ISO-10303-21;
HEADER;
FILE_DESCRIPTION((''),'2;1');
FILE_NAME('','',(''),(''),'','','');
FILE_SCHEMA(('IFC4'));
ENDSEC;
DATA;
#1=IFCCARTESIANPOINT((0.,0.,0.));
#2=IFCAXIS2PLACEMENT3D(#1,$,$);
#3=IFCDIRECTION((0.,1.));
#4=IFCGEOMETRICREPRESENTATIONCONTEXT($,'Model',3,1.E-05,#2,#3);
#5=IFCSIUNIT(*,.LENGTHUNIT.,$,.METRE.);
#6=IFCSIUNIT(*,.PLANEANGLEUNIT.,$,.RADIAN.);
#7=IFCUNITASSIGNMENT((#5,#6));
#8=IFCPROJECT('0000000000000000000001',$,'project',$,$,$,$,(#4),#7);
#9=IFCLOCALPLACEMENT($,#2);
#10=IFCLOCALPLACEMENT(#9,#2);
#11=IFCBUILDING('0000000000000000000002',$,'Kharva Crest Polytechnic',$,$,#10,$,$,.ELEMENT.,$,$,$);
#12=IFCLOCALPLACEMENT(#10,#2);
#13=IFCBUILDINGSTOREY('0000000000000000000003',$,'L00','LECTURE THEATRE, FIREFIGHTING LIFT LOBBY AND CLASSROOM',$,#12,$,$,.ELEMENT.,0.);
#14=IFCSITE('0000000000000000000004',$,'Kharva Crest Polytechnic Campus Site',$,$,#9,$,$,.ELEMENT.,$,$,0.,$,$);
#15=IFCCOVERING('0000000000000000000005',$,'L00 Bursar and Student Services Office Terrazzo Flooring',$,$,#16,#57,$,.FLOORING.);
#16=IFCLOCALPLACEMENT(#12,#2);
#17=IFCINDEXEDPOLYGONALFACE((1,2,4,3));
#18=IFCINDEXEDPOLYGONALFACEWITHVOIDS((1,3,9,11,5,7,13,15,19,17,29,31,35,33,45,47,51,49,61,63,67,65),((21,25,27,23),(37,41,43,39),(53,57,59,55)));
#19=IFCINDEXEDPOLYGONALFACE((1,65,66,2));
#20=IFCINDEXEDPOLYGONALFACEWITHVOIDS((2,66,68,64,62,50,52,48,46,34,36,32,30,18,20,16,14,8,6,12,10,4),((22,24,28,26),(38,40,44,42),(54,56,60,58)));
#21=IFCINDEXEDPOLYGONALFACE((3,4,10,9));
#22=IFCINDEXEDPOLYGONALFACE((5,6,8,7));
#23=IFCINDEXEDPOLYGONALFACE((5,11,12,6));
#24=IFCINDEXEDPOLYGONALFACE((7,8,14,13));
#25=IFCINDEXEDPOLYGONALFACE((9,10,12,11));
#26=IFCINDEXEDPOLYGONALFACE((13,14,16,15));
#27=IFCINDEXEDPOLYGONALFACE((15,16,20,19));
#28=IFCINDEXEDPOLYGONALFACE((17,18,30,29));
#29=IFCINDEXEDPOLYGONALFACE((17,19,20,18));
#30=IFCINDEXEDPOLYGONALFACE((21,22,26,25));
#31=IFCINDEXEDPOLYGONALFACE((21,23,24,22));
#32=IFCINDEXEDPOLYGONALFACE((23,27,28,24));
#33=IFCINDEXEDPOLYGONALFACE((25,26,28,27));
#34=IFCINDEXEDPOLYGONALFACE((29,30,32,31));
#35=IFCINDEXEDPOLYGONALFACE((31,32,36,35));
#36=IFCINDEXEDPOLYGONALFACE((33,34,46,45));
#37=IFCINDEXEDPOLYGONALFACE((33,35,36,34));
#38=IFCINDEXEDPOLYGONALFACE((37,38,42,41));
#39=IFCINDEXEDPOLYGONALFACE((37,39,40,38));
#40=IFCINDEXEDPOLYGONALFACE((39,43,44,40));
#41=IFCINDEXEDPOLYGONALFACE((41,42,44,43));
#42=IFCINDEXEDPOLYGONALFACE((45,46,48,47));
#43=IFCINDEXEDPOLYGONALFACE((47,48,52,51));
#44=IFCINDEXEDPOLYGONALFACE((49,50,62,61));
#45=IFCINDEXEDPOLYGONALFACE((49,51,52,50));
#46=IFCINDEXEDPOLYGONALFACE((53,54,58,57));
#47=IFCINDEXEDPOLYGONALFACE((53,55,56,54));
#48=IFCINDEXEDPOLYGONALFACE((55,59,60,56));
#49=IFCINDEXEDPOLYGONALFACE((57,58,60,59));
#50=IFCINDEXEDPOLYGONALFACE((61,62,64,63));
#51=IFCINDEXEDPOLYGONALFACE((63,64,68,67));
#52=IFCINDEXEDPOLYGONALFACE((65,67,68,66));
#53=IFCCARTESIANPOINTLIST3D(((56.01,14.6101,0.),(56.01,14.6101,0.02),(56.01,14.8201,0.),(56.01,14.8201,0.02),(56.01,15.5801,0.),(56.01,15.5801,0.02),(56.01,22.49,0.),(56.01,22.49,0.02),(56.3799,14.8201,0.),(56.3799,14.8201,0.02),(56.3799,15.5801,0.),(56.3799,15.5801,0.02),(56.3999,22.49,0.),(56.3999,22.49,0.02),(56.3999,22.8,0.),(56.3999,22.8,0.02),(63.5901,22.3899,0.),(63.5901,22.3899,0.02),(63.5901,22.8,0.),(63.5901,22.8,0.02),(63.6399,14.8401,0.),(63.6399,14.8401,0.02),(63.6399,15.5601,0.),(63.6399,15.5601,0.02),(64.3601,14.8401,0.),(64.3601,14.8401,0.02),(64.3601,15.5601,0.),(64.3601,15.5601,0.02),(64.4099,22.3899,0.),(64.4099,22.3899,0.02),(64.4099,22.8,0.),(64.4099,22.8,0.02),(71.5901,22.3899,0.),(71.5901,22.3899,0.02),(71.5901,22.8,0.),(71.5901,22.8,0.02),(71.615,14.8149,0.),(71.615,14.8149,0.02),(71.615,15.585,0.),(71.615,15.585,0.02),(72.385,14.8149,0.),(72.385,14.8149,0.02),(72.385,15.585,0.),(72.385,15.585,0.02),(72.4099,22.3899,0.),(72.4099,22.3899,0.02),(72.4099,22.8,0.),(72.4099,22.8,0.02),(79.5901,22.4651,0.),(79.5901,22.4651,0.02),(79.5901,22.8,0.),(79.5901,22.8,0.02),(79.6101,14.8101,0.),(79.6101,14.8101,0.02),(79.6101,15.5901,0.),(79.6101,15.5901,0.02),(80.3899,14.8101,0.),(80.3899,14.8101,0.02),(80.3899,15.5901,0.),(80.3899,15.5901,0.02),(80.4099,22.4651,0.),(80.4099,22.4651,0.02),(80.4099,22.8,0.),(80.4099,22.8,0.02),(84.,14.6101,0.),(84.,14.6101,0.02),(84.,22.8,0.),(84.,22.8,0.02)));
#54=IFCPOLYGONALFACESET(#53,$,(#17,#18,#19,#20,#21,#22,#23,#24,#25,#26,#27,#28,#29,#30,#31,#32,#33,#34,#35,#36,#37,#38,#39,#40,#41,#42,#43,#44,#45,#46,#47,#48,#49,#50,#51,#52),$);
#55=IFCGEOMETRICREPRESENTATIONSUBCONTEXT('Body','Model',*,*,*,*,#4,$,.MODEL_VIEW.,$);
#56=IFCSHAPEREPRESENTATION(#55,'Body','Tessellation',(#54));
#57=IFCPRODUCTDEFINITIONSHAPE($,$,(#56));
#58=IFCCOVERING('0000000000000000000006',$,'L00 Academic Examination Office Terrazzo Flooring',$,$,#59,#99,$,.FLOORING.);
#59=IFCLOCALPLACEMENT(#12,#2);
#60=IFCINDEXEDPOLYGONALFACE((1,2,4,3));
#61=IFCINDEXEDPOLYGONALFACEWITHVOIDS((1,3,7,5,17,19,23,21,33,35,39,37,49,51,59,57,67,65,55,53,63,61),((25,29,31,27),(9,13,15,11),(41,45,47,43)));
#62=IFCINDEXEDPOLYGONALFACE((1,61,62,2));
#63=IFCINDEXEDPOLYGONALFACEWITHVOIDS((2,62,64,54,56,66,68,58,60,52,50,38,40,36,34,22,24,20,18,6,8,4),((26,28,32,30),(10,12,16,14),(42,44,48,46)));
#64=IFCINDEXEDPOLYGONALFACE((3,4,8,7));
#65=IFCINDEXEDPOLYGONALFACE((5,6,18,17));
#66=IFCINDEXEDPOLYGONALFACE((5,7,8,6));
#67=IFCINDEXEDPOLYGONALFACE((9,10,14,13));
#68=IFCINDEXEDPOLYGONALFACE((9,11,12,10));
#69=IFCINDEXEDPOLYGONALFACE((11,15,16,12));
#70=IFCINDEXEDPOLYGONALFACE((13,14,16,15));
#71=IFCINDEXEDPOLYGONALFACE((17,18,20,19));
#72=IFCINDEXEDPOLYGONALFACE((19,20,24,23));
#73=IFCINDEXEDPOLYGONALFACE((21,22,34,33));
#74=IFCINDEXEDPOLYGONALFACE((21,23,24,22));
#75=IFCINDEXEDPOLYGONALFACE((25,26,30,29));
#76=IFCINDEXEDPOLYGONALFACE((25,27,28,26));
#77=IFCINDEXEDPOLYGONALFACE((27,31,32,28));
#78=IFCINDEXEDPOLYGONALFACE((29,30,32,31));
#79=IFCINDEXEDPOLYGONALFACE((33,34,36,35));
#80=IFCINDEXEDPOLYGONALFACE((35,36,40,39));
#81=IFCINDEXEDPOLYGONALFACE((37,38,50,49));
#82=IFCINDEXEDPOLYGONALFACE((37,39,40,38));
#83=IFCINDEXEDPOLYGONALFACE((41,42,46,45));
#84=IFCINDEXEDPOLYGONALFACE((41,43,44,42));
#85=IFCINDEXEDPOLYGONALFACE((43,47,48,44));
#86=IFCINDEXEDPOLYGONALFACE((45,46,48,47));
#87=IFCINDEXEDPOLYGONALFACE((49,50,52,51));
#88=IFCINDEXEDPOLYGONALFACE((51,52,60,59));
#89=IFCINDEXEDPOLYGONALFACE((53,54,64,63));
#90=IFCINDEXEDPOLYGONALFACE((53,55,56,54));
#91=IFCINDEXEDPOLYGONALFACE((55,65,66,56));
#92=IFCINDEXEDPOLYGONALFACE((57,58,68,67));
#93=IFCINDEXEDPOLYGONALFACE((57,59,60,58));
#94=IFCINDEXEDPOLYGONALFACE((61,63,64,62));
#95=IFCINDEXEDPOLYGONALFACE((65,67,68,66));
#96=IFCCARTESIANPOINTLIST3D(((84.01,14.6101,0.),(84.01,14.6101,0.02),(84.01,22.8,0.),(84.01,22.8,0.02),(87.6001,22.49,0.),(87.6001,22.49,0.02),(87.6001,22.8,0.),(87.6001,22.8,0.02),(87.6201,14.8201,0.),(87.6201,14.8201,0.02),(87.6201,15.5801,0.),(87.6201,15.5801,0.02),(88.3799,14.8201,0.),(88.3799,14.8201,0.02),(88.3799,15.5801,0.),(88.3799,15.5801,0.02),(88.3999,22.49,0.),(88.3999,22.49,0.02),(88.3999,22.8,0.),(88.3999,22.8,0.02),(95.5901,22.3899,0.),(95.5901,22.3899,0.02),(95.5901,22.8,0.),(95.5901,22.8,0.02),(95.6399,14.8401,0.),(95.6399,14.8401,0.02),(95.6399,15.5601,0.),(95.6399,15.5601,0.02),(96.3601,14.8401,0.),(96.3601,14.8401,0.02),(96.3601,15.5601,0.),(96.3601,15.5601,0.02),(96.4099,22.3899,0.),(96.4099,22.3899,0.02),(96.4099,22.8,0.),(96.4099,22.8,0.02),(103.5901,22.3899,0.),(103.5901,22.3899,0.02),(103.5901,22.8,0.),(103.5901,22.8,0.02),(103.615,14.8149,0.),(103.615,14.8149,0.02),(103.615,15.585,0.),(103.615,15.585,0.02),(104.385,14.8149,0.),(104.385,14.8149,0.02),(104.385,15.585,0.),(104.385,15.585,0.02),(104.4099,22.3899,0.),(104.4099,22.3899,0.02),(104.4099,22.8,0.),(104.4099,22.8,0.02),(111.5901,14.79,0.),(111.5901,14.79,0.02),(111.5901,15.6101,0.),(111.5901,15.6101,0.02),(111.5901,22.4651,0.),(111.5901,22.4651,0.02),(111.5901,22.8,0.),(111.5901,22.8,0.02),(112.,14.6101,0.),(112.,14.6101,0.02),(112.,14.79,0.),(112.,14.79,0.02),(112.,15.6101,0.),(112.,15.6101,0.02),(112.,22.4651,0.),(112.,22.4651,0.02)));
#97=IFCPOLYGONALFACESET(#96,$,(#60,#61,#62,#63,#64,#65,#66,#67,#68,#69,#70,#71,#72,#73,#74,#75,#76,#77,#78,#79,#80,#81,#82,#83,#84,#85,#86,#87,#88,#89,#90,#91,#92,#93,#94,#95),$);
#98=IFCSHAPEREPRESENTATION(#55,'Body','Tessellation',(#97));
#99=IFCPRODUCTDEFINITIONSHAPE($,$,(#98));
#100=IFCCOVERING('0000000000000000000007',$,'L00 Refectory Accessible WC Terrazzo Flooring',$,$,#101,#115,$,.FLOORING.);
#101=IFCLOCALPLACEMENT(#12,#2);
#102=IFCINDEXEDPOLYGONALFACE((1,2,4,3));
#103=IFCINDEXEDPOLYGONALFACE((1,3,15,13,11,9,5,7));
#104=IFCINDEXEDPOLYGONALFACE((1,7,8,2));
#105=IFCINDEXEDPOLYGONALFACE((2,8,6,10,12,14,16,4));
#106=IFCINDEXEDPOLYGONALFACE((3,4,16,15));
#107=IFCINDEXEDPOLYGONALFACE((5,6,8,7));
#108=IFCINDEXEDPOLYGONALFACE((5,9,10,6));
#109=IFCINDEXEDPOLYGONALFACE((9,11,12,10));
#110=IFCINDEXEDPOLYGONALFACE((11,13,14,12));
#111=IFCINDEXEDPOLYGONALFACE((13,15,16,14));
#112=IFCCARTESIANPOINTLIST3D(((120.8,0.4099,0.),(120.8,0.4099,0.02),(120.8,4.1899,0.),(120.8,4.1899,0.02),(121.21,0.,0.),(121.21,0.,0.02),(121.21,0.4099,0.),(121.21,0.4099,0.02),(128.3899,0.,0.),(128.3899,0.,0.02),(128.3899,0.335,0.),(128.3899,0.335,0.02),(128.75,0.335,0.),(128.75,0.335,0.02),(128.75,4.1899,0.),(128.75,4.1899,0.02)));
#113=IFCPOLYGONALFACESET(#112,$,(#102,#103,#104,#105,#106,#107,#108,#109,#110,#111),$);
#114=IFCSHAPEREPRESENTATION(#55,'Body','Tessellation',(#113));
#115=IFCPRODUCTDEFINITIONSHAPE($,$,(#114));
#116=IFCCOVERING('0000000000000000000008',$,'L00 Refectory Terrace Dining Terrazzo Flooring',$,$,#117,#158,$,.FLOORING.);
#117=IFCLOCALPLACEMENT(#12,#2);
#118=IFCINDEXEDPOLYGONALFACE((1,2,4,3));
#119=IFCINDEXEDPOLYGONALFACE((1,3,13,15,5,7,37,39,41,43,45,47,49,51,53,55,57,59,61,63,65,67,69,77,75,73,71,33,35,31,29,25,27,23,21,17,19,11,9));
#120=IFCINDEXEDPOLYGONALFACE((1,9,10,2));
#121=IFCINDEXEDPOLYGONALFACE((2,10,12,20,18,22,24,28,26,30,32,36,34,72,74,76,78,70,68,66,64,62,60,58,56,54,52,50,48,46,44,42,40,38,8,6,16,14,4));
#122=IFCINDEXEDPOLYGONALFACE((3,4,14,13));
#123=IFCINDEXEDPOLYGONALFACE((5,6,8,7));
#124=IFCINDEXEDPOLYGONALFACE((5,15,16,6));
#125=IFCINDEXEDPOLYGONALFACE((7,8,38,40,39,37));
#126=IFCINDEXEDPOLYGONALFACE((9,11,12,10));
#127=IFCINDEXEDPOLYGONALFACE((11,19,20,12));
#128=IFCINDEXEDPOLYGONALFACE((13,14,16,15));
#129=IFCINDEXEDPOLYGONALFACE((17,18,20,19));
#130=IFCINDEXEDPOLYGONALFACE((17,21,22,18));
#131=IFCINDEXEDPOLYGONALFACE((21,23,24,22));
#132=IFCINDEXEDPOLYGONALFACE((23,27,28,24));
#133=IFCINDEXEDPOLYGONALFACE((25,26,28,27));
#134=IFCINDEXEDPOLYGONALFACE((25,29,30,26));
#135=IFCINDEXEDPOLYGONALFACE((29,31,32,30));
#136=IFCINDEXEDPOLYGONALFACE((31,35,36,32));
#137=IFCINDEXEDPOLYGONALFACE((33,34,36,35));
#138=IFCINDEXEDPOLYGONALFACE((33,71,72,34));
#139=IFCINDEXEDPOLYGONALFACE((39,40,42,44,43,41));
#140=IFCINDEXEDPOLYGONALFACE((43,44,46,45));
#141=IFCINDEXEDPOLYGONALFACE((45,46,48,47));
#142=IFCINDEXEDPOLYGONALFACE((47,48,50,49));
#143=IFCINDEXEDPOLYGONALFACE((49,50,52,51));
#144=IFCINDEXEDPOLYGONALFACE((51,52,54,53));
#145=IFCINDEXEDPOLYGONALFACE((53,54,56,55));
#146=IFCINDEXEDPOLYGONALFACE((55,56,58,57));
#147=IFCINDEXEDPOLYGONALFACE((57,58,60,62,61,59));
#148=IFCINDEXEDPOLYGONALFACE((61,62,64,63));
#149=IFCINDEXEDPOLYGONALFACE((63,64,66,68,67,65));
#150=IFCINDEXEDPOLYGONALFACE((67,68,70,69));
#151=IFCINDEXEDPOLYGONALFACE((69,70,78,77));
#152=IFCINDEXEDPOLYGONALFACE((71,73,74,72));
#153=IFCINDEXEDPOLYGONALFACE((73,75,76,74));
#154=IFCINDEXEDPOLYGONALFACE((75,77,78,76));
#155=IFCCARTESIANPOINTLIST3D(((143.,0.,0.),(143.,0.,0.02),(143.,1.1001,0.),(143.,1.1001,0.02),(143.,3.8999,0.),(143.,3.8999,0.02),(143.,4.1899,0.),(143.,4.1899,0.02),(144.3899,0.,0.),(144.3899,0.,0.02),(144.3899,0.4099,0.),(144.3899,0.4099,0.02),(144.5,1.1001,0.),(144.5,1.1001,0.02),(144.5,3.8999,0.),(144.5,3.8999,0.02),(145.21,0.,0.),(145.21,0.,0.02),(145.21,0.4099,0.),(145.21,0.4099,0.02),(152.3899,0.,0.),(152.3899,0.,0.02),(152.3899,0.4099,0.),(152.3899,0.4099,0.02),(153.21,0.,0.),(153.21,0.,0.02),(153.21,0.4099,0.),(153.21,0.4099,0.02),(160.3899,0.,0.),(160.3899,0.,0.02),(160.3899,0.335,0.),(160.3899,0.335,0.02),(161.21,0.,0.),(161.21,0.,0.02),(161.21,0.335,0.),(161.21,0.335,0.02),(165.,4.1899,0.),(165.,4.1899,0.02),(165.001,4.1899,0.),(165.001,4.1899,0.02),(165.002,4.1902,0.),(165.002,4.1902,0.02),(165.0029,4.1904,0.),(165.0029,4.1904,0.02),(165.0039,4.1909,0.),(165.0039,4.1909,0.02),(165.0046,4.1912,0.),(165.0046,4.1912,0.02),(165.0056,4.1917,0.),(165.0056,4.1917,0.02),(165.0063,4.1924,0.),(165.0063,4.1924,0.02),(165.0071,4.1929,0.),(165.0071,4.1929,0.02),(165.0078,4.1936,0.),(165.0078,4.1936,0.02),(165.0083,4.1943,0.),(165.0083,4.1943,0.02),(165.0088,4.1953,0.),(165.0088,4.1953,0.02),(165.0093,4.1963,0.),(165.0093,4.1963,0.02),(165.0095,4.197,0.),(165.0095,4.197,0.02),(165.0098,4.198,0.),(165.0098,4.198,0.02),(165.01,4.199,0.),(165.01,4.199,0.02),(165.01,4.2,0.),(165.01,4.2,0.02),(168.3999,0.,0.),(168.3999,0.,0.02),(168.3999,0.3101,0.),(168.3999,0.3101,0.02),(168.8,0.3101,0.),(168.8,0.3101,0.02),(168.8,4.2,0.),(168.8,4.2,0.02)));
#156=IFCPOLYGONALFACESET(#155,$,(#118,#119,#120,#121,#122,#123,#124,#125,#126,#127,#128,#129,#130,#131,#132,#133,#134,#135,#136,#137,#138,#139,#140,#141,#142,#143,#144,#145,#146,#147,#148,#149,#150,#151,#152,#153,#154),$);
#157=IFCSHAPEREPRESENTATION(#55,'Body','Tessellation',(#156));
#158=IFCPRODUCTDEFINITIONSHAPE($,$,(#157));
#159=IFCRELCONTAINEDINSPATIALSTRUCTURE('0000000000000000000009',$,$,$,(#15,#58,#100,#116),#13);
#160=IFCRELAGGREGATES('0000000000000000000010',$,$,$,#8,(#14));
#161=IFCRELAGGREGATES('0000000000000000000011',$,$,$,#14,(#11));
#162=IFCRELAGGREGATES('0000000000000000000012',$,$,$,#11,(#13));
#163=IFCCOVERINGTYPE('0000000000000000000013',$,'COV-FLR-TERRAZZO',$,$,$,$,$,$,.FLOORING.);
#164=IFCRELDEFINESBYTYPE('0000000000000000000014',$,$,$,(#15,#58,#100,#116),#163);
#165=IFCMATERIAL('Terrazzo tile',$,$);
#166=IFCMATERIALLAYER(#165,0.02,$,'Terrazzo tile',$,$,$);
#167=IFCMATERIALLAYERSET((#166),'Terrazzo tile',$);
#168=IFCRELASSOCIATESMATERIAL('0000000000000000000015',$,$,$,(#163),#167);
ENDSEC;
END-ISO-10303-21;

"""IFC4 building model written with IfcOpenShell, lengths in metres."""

from ifc_helpers import new_model, si_unit, direction, origin, place, context, subcontext, project, spatial, polyline, outline, extrude, material, layer, layer_set, type_object, element, save


model = new_model("IFC4")

# Units and contexts
model_context = context("Model", 3, precision=1e-05, world=origin(), true_north=direction((0.0, 1.0)))
body_context = subcontext(model_context, "Body", "Model", "MODEL_VIEW")
ifc_project = project(units=[si_unit("LENGTHUNIT", "METRE"), si_unit("PLANEANGLEUNIT", "RADIAN")], contexts=[model_context])

# Site, building, storey
site_placement = place(None, origin())
site = spatial("IfcSite", under=ifc_project, at=site_placement, Name="Kharva Crest Polytechnic Campus Site", CompositionType="ELEMENT", RefElevation=0.0)
building_placement = place(site_placement, origin())
building = spatial("IfcBuilding", under=site, at=building_placement, Name="Kharva Crest Polytechnic", CompositionType="ELEMENT")
storey_placement = place(building_placement, origin())
storey = spatial("IfcBuildingStorey", under=building, at=storey_placement, Name="L00", Description="LECTURE THEATRE, FIREFIGHTING LIFT LOBBY AND CLASSROOM", CompositionType="ELEMENT", Elevation=0.0)

# Coverings
ifc_material_1 = material(Name="Terrazzo tile")
ifc_layer_1 = layer(ifc_material_1, 0.02, Name="Terrazzo tile")
ifc_layer_set_1 = layer_set([ifc_layer_1], Name="Terrazzo tile")
covering_type_1 = type_object("IfcCoveringType", Name="COV-FLR-TERRAZZO", PredefinedType="FLOORING", material=ifc_layer_set_1)
covering_1_placement = place(storey_placement, origin())
element("IfcCovering", 1, at=covering_1_placement, inside=storey, type_object=covering_type_1, Name="L00 Bursar and Student Services Office Terrazzo Flooring", PredefinedType="FLOORING", context=body_context, shape_type="SweptSolid", body=[
    extrude(outline(polyline([(56.3799, 14.8201), (56.3799, 15.5801), (56.01, 15.5801), (56.01, 22.49), (56.3999, 22.49), (56.3999, 22.8), (63.5901, 22.8), (63.5901, 22.3899), (64.4099, 22.3899), (64.4099, 22.8), (71.5901, 22.8), (71.5901, 22.3899), (72.4099, 22.3899), (72.4099, 22.8), (79.5901, 22.8), (79.5901, 22.4651), (80.4099, 22.4651), (80.4099, 22.8), (84.0, 22.8), (84.0, 14.6101), (56.01, 14.6101), (56.01, 14.8201), (56.3799, 14.8201)]), holes=[polyline([(79.6101, 15.5901), (79.6101, 14.8101), (80.3899, 14.8101), (80.3899, 15.5901), (79.6101, 15.5901)]), polyline([(71.615, 15.585), (71.615, 14.8149), (72.385, 14.8149), (72.385, 15.585), (71.615, 15.585)]), polyline([(63.6399, 15.5601), (63.6399, 14.8401), (64.3601, 14.8401), (64.3601, 15.5601), (63.6399, 15.5601)])]), origin(), (0.0, 0.0, 1.0), 0.02),
])
covering_2_placement = place(storey_placement, origin())
element("IfcCovering", 2, at=covering_2_placement, inside=storey, type_object=covering_type_1, Name="L00 Academic Examination Office Terrazzo Flooring", PredefinedType="FLOORING", context=body_context, shape_type="SweptSolid", body=[
    extrude(outline(polyline([(87.6001, 22.8), (87.6001, 22.49), (88.3999, 22.49), (88.3999, 22.8), (95.5901, 22.8), (95.5901, 22.3899), (96.4099, 22.3899), (96.4099, 22.8), (103.5901, 22.8), (103.5901, 22.3899), (104.4099, 22.3899), (104.4099, 22.8), (111.5901, 22.8), (111.5901, 22.4651), (112.0, 22.4651), (112.0, 15.6101), (111.5901, 15.6101), (111.5901, 14.79), (112.0, 14.79), (112.0, 14.6101), (84.01, 14.6101), (84.01, 22.8), (87.6001, 22.8)]), holes=[polyline([(95.6399, 15.5601), (95.6399, 14.8401), (96.3601, 14.8401), (96.3601, 15.5601), (95.6399, 15.5601)]), polyline([(87.6201, 15.5801), (87.6201, 14.8201), (88.3799, 14.8201), (88.3799, 15.5801), (87.6201, 15.5801)]), polyline([(103.615, 15.585), (103.615, 14.8149), (104.385, 14.8149), (104.385, 15.585), (103.615, 15.585)])]), origin(), (0.0, 0.0, 1.0), 0.02),
])
covering_3_placement = place(storey_placement, origin())
element("IfcCovering", 3, at=covering_3_placement, inside=storey, type_object=covering_type_1, Name="L00 Refectory Accessible WC Terrazzo Flooring", PredefinedType="FLOORING", context=body_context, shape_type="SweptSolid", body=[
    extrude(outline(polyline([(121.21, 0.4099), (120.8, 0.4099), (120.8, 4.1899), (128.75, 4.1899), (128.75, 0.335), (128.3899, 0.335), (128.3899, 0.0), (121.21, 0.0), (121.21, 0.4099)])), origin(), (0.0, 0.0, 1.0), 0.02),
])
covering_4_placement = place(storey_placement, origin())
element("IfcCovering", 4, at=covering_4_placement, inside=storey, type_object=covering_type_1, Name="L00 Refectory Terrace Dining Terrazzo Flooring", PredefinedType="FLOORING", context=body_context, shape_type="SweptSolid", body=[
    extrude(outline(polyline([(161.21, 0.335), (160.3899, 0.335), (160.3899, 0.0), (153.21, 0.0), (153.21, 0.4099), (152.3899, 0.4099), (152.3899, 0.0), (145.21, 0.0), (145.21, 0.4099), (144.3899, 0.4099), (144.3899, 0.0), (143.0, 0.0), (143.0, 1.1001), (144.5, 1.1001), (144.5, 3.8999), (143.0, 3.8999), (143.0, 4.1899), (165.0, 4.1899), (165.001, 4.1899), (165.002, 4.1902), (165.0029, 4.1904), (165.0039, 4.1909), (165.0046, 4.1912), (165.0056, 4.1917), (165.0063, 4.1924), (165.0071, 4.1929), (165.0078, 4.1936), (165.0083, 4.1943), (165.0088, 4.1953), (165.0093, 4.1963), (165.0095, 4.197), (165.0098, 4.198), (165.01, 4.199), (165.01, 4.2), (168.8, 4.2), (168.8, 0.3101), (168.3999, 0.3101), (168.3999, 0.0), (161.21, 0.0), (161.21, 0.335)])), origin(), (0.0, 0.0, 1.0), 0.02),
])

save(model, "model.ifc")
